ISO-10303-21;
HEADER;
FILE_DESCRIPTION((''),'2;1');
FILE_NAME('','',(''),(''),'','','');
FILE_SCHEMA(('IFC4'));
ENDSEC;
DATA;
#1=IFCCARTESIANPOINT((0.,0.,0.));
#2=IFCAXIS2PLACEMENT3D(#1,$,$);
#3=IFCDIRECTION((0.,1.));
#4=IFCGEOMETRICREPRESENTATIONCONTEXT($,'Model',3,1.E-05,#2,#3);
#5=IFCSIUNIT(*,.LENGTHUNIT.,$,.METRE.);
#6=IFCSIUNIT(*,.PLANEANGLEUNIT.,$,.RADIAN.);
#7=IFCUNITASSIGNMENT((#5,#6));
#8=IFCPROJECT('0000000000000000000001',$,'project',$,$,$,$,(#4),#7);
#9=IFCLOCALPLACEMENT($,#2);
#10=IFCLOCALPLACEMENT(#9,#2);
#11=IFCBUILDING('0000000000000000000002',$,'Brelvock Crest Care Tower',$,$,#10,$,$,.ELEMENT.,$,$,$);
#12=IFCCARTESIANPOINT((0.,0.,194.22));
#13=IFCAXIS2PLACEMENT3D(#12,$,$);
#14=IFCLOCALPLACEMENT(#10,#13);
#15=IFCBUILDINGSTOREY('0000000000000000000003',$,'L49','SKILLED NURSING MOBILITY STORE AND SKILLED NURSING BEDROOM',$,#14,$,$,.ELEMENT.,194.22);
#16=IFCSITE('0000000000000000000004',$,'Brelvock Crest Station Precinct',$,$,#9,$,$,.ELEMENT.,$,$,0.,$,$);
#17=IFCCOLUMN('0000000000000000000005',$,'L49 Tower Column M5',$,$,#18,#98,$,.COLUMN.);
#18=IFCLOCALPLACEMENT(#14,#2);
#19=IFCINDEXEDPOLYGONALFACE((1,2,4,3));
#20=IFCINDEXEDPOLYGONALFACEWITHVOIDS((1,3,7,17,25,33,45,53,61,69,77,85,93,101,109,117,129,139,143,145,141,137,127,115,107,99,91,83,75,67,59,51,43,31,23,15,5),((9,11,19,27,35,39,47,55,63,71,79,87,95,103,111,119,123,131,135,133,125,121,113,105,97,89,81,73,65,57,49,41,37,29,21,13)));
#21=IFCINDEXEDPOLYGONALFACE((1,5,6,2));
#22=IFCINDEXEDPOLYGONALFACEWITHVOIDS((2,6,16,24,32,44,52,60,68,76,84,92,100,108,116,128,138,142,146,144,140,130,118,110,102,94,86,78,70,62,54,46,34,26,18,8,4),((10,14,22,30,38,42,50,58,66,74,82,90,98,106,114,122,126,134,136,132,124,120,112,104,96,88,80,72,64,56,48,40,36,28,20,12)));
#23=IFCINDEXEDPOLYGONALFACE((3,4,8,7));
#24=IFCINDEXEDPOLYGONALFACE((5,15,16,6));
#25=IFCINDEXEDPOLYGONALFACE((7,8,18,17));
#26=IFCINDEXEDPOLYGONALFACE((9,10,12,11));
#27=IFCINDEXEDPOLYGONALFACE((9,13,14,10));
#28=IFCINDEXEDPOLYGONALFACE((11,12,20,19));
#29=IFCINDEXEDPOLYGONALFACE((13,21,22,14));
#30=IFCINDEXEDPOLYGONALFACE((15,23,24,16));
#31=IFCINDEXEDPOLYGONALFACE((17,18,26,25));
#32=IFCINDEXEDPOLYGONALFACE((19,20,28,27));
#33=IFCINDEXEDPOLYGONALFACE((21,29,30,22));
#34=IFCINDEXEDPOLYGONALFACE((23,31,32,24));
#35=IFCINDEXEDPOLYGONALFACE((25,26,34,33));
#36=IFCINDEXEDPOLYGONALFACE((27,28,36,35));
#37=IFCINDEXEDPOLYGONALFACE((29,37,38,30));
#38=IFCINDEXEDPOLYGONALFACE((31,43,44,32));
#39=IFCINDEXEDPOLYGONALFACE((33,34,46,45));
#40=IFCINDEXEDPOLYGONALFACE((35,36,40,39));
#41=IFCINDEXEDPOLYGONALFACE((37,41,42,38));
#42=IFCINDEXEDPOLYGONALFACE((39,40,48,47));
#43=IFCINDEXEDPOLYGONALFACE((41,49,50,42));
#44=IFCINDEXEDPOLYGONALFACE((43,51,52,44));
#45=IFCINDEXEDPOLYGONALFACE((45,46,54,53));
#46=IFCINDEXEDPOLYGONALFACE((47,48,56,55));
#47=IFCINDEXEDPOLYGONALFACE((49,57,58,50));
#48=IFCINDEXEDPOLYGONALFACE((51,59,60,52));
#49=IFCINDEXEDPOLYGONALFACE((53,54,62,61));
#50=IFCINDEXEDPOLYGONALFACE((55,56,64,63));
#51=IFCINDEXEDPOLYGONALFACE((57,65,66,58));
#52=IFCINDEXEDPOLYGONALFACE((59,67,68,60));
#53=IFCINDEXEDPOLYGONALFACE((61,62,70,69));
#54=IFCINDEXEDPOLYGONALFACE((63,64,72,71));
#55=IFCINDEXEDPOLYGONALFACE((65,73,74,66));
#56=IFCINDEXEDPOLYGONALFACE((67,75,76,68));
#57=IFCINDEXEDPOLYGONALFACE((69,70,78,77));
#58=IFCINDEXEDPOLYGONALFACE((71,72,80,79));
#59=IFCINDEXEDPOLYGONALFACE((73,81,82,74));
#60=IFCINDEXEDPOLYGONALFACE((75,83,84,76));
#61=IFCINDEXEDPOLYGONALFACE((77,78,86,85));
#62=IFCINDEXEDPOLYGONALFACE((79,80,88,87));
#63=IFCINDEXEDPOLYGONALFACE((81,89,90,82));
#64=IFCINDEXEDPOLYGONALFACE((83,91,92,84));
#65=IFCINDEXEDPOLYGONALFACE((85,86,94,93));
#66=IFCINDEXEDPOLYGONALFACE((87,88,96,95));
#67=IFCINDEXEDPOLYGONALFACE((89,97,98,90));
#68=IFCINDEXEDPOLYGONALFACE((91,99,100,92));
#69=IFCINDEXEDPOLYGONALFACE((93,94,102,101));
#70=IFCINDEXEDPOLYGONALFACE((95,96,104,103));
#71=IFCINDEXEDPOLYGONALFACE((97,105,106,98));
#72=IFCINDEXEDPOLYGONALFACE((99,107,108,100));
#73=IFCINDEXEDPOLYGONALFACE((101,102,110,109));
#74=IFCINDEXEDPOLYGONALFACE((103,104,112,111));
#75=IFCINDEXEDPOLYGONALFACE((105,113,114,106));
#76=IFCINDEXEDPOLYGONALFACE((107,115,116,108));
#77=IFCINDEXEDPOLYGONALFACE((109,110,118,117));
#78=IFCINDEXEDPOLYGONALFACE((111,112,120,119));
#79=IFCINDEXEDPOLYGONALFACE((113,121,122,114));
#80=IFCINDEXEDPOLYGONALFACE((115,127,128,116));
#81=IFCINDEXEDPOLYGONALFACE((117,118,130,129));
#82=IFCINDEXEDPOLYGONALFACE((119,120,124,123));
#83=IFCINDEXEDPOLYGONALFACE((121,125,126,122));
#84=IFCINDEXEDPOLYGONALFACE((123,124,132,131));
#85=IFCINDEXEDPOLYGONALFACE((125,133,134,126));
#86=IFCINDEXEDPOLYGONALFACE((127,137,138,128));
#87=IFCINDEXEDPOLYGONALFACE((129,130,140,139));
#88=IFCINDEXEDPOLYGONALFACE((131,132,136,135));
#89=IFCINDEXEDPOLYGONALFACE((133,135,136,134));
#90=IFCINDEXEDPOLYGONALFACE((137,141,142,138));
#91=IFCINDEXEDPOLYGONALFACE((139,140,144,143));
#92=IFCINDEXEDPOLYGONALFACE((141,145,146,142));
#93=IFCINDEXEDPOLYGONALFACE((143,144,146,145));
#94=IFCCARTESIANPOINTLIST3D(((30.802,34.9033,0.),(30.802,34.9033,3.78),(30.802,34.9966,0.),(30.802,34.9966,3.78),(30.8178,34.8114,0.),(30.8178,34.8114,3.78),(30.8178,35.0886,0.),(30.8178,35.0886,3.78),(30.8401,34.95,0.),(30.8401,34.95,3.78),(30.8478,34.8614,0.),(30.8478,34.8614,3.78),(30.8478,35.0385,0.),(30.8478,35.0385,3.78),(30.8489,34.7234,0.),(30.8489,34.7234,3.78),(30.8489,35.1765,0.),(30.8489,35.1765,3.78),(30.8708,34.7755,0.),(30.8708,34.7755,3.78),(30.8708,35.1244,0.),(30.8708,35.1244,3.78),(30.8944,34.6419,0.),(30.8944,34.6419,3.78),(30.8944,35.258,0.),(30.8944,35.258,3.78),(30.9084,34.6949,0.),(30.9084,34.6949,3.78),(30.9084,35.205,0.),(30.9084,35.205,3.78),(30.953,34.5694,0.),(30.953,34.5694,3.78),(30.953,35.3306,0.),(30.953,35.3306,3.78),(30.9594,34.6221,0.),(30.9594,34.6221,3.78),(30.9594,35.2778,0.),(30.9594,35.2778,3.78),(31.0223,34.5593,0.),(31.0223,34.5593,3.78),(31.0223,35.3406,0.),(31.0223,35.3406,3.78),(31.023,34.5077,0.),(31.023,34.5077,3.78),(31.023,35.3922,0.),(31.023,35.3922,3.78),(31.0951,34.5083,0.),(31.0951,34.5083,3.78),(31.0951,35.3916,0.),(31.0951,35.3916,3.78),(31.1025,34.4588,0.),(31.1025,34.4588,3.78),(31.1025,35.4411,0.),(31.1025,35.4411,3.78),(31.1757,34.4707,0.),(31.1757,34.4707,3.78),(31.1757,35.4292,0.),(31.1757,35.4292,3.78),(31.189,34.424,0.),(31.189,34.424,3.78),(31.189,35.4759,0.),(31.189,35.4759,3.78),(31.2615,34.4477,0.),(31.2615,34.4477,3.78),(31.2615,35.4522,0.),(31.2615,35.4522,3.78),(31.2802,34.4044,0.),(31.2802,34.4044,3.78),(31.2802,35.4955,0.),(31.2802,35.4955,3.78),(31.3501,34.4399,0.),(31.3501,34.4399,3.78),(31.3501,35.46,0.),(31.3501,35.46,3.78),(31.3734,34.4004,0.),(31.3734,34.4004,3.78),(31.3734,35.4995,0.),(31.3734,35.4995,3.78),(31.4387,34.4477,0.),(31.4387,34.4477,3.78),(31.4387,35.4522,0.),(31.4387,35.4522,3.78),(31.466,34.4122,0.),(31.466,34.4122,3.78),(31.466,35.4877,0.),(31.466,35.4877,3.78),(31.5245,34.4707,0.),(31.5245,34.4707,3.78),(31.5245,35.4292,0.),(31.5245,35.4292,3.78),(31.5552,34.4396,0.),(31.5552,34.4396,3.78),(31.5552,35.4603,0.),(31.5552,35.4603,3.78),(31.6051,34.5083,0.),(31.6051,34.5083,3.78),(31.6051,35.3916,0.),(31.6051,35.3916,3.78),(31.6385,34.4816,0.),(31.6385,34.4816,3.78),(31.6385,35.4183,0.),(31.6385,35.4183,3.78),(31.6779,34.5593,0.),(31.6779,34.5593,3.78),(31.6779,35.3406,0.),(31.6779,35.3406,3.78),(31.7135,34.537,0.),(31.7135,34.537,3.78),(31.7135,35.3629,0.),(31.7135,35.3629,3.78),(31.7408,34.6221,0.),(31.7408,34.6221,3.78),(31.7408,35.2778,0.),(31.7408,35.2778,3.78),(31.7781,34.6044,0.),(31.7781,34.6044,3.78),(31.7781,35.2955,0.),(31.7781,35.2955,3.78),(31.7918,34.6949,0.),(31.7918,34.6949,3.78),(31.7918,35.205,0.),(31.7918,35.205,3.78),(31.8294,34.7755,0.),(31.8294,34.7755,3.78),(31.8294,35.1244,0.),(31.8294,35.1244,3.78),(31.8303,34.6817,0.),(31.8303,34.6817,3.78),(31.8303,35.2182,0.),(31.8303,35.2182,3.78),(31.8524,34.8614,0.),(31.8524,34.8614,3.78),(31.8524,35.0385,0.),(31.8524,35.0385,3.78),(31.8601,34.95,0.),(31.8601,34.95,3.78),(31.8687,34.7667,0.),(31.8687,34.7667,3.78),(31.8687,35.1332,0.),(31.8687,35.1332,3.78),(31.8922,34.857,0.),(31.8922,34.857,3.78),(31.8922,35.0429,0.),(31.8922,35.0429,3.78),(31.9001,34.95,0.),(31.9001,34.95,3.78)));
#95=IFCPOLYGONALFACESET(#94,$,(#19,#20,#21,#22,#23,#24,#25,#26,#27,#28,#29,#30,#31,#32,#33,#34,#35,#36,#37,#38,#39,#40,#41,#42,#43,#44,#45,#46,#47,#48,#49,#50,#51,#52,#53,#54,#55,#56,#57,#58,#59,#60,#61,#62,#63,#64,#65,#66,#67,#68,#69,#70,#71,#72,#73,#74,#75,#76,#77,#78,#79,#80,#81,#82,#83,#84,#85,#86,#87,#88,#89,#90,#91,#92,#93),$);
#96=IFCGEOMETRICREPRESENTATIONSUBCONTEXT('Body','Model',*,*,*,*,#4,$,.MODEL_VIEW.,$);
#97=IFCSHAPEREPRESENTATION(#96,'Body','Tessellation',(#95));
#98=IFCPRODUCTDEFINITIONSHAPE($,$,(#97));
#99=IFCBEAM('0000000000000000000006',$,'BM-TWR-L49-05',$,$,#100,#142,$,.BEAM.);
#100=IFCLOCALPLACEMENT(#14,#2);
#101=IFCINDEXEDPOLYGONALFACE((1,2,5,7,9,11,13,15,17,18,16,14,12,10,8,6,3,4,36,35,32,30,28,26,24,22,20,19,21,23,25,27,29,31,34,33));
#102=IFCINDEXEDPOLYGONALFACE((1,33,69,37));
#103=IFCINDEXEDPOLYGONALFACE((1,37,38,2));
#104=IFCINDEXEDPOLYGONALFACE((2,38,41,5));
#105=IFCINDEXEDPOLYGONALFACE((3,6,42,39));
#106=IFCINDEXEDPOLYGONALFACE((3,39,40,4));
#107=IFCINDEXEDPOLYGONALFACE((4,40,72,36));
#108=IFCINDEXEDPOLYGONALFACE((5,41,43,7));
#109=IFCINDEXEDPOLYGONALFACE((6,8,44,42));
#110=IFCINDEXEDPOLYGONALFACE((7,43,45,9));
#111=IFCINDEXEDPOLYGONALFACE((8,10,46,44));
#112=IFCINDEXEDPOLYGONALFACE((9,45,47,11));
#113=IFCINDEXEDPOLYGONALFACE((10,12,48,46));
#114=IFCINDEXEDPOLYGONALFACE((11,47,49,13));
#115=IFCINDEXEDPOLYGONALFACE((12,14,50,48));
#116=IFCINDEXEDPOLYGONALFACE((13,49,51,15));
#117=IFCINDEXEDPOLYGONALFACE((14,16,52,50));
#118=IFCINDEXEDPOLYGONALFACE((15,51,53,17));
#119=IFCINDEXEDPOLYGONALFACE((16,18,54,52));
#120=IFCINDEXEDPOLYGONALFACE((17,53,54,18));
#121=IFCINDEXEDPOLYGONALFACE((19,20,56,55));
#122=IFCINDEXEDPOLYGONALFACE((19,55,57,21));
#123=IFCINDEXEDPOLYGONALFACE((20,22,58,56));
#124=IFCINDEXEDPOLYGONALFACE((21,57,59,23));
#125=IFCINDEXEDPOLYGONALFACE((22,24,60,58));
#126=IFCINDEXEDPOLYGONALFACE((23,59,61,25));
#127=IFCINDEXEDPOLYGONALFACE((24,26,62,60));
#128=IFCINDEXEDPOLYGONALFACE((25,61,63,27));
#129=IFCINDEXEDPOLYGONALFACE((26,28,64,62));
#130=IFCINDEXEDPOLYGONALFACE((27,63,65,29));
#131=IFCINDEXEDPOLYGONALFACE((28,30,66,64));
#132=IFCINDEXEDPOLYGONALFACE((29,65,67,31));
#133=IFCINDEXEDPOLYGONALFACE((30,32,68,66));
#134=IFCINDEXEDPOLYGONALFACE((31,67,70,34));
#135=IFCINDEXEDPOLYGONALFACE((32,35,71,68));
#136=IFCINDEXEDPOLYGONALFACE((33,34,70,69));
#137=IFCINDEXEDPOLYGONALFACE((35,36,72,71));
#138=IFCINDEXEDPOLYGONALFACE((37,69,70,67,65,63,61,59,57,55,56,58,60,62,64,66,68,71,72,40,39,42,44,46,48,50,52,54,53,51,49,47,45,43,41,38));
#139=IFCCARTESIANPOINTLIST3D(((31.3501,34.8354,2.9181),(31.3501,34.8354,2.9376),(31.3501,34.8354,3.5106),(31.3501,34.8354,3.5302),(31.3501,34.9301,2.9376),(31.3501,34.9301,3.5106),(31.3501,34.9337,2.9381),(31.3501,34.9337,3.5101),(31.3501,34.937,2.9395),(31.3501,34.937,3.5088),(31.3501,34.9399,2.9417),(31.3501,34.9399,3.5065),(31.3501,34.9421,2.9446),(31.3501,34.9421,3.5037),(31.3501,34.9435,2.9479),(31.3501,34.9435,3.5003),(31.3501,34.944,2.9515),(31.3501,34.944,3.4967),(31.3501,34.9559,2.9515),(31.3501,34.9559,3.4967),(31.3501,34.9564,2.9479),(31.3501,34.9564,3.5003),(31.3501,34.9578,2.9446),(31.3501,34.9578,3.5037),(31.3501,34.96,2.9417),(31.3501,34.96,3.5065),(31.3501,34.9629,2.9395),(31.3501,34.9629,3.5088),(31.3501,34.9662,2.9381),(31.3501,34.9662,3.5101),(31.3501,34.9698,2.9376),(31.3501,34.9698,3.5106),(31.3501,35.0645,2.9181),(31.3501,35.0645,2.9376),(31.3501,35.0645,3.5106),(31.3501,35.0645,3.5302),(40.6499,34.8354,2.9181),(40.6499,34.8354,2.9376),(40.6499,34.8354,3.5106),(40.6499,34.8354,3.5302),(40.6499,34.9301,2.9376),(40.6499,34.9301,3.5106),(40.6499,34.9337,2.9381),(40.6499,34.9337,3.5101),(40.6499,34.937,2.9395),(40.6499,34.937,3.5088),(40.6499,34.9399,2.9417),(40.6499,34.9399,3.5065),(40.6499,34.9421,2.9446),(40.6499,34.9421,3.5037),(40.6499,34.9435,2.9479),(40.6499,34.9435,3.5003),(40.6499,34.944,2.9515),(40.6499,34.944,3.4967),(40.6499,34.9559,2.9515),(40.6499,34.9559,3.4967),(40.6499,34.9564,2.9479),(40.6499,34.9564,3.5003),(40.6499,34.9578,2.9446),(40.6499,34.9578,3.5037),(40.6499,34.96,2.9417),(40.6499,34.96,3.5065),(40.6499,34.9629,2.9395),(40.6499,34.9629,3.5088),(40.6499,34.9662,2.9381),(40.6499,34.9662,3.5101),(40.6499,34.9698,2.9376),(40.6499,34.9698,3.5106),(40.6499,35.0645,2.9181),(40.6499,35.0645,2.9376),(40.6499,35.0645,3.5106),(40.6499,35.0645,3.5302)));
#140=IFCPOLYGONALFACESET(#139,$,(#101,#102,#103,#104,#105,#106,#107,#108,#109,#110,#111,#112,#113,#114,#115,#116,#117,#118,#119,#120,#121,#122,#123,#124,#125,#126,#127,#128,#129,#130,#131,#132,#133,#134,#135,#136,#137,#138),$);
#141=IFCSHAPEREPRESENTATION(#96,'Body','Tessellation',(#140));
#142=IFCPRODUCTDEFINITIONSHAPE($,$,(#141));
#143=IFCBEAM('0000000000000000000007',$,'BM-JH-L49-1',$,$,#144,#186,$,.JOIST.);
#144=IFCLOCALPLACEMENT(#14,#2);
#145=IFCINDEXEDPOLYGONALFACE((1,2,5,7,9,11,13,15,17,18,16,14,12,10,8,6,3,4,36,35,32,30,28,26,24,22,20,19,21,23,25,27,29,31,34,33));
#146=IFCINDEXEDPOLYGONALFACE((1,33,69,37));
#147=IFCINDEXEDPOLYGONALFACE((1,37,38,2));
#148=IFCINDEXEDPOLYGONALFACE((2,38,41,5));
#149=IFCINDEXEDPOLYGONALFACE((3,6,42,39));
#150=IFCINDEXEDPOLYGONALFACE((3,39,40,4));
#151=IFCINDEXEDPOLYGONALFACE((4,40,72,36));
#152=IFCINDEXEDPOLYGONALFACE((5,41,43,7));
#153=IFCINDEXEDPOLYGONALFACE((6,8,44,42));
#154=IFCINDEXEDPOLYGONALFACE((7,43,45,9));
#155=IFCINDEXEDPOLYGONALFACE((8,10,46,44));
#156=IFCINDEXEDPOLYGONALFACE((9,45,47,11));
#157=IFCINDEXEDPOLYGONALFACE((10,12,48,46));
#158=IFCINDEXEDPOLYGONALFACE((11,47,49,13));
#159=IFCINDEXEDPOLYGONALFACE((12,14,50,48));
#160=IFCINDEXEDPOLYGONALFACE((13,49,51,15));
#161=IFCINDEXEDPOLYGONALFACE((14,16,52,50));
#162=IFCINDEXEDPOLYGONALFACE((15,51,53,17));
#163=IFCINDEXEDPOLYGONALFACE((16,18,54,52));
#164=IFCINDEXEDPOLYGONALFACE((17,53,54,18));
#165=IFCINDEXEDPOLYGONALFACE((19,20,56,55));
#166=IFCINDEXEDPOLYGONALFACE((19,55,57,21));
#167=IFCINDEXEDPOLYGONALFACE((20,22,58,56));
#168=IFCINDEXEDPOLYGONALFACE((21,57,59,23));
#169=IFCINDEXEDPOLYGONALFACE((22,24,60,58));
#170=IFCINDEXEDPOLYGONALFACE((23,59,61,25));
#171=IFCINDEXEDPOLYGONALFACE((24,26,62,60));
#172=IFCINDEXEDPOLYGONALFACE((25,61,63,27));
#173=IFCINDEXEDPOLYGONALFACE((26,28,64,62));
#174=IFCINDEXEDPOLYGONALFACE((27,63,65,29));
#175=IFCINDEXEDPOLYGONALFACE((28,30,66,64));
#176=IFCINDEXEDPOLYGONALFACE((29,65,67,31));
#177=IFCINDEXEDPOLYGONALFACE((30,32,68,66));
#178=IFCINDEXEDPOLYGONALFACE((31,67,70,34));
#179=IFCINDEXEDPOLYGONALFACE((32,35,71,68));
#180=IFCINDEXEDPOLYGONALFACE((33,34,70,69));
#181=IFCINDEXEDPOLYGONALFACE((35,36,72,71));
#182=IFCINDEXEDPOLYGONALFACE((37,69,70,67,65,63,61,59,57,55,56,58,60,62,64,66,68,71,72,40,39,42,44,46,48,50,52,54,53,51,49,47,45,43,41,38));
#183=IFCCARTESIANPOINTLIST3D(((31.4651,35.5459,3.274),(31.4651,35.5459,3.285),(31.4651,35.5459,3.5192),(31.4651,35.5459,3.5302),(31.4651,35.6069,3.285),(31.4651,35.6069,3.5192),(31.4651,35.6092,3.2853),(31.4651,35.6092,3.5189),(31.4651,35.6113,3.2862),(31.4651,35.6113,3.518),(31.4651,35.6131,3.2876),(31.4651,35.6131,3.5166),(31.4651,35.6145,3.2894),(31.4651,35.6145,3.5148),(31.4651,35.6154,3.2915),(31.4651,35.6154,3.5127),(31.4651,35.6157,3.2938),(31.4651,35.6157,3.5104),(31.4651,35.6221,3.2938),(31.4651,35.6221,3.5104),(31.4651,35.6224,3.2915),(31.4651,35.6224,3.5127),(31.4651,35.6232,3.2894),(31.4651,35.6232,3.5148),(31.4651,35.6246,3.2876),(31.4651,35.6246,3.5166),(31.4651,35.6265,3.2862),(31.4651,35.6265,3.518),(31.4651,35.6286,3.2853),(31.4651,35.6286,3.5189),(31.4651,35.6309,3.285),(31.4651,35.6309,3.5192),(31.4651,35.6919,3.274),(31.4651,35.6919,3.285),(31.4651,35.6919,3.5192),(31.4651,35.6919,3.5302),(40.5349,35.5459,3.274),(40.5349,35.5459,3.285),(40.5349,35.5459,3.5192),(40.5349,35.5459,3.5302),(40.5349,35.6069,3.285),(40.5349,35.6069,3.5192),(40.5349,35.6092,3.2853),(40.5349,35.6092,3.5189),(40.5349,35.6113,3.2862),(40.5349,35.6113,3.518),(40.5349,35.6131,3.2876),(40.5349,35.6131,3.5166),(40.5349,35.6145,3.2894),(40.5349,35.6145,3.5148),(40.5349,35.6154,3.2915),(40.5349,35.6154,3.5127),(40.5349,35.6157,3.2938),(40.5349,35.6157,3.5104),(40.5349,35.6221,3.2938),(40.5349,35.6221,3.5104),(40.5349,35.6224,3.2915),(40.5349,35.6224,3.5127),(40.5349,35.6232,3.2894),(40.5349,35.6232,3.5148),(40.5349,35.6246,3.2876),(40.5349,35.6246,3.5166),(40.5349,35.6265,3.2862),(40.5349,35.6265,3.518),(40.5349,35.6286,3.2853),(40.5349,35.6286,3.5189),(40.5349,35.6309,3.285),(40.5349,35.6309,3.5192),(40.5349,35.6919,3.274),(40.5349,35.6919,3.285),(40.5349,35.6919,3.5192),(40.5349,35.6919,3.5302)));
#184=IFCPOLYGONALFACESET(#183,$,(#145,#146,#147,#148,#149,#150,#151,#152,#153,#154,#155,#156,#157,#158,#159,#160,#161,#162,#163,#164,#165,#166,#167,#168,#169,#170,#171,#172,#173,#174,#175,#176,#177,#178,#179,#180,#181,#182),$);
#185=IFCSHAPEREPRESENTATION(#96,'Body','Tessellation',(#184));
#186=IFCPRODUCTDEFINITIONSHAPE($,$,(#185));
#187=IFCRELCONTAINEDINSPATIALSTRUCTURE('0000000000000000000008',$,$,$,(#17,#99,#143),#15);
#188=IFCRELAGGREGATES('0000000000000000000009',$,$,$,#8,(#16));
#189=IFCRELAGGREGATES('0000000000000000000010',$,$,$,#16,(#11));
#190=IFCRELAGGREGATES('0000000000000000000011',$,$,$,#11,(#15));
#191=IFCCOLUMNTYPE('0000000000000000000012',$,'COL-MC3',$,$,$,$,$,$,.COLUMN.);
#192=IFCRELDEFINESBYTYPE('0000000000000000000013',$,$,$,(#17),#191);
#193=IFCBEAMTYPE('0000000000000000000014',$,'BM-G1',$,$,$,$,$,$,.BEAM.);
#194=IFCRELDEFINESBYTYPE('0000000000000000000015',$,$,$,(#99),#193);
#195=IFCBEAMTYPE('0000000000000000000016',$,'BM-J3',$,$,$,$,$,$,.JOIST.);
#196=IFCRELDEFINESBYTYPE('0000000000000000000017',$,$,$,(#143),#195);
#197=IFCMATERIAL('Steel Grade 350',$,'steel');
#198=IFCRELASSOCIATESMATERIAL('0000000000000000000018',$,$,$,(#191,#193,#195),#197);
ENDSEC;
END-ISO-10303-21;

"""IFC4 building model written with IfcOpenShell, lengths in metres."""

from ifc_helpers import new_model, si_unit, direction, frame, origin, origin_2d, place, context, subcontext, project, spatial, hollow_circle, i_section, extrude, source, transform, mapped, material, material_profile, profile_set, type_object, element, save


model = new_model("IFC4")

# Units and contexts
model_context = context("Model", 3, precision=1e-05, world=origin(), true_north=direction((0.0, 1.0)))
body_context = subcontext(model_context, "Body", "Model", "MODEL_VIEW")
ifc_project = project(units=[si_unit("LENGTHUNIT", "METRE"), si_unit("PLANEANGLEUNIT", "RADIAN")], contexts=[model_context])

# Site, building, storey
site_placement = place(None, origin())
site = spatial("IfcSite", under=ifc_project, at=site_placement, Name="Brelvock Crest Station Precinct", CompositionType="ELEMENT", RefElevation=0.0)
building_placement = place(site_placement, origin())
building = spatial("IfcBuilding", under=site, at=building_placement, Name="Brelvock Crest Care Tower", CompositionType="ELEMENT")
storey_placement = place(building_placement, frame((0.0, 0.0, 194.22)))
storey = spatial("IfcBuildingStorey", under=building, at=storey_placement, Name="L49", Description="SKILLED NURSING MOBILITY STORE AND SKILLED NURSING BEDROOM", CompositionType="ELEMENT", Elevation=194.22)

# Column
ifc_material_1 = material(Name="Steel Grade 350", Category="steel")
ifc_material_profile_1 = material_profile(ifc_material_1, hollow_circle(Radius=0.55, WallThickness=0.04, at=origin_2d()), Name="CFT1100x40")
ifc_profile_set_1 = profile_set([ifc_material_profile_1], Name="Steel Grade 350")
column_type = type_object("IfcColumnType", Name="COL-MC3", PredefinedType="COLUMN", material=ifc_profile_set_1)
shared_shape_1 = source(origin(), body_context, "Body", "SweptSolid", [
    extrude(hollow_circle(Radius=0.55, WallThickness=0.04, at=origin_2d()), origin(), (0.0, 0.0, 1.0), 3.78),
])
column_placement = place(storey_placement, frame((31.3501, 34.95, 0.0), z_axis=(0.0, 0.0, 1.0), x_axis=(1.0, 0.0, 0.0)))
element("IfcColumn", 1, at=column_placement, inside=storey, type_object=column_type, Name="L49 Tower Column M5", PredefinedType="COLUMN", context=body_context, shape_type="MappedRepresentation", body=[
    mapped(shared_shape_1, transform((0.0, 0.0, 0.0), x_axis=(1.0, 0.0, 0.0), y_axis=(0.0, 1.0, 0.0), z_axis=(0.0, 0.0, 1.0), scale=1.0)),
])

# Beams
ifc_material_profile_2 = material_profile(ifc_material_1, i_section(OverallWidth=0.229, OverallDepth=0.6121, WebThickness=0.012, FlangeThickness=0.0195, FilletRadius=0.0139, at=origin_2d()), Name="610UB125")
ifc_profile_set_2 = profile_set([ifc_material_profile_2], Name="Steel Grade 350")
beam_type_1 = type_object("IfcBeamType", Name="BM-G1", PredefinedType="BEAM", material=ifc_profile_set_2)
shared_shape_2 = source(origin(), body_context, "Body", "SweptSolid", [
    extrude(i_section(OverallWidth=0.229, OverallDepth=0.6121, WebThickness=0.012, FlangeThickness=0.0195, FilletRadius=0.0139, at=origin_2d()), origin(), (0.0, 0.0, 1.0), 9.2998),
])
beam_1_placement = place(storey_placement, frame((31.3501, 34.95, 3.2241), z_axis=(1.0, 0.0, 0.0), x_axis=(0.0, 1.0, 0.0)))
element("IfcBeam", 2, at=beam_1_placement, inside=storey, type_object=beam_type_1, Name="BM-TWR-L49-05", PredefinedType="BEAM", context=body_context, shape_type="MappedRepresentation", body=[
    mapped(shared_shape_2, transform((0.0, 0.0, 0.0), x_axis=(1.0, 0.0, 0.0), y_axis=(0.0, 1.0, 0.0), z_axis=(0.0, 0.0, 1.0), scale=1.0)),
])
ifc_material_profile_3 = material_profile(ifc_material_1, i_section(OverallWidth=0.146, OverallDepth=0.2561, WebThickness=0.0063, FlangeThickness=0.011, FilletRadius=0.0088, at=origin_2d()), Name="250UB37.3")
ifc_profile_set_3 = profile_set([ifc_material_profile_3], Name="Steel Grade 350")
beam_type_2 = type_object("IfcBeamType", Name="BM-J3", PredefinedType="JOIST", material=ifc_profile_set_3)
shared_shape_3 = source(origin(), body_context, "Body", "SweptSolid", [
    extrude(i_section(OverallWidth=0.146, OverallDepth=0.2561, WebThickness=0.0063, FlangeThickness=0.011, FilletRadius=0.0088, at=origin_2d()), origin(), (0.0, 0.0, 1.0), 9.0698),
])
for number, where, z_axis, x_axis, name in (
    (3, (31.4651, 35.6189, 3.4021), (1.0, 0.0, 0.0), (0.0, 1.0, 0.0), "BM-JH-L49-1"),
):
    element("IfcBeam", number, at=place(storey_placement, frame(where, z_axis=z_axis, x_axis=x_axis)), inside=storey, type_object=beam_type_2, Name=name, PredefinedType="JOIST", context=body_context, shape_type="MappedRepresentation", body=[
        mapped(shared_shape_3, transform((0.0, 0.0, 0.0), x_axis=(1.0, 0.0, 0.0), y_axis=(0.0, 1.0, 0.0), z_axis=(0.0, 0.0, 1.0), scale=1.0)),
    ])

save(model, "model.ifc")
